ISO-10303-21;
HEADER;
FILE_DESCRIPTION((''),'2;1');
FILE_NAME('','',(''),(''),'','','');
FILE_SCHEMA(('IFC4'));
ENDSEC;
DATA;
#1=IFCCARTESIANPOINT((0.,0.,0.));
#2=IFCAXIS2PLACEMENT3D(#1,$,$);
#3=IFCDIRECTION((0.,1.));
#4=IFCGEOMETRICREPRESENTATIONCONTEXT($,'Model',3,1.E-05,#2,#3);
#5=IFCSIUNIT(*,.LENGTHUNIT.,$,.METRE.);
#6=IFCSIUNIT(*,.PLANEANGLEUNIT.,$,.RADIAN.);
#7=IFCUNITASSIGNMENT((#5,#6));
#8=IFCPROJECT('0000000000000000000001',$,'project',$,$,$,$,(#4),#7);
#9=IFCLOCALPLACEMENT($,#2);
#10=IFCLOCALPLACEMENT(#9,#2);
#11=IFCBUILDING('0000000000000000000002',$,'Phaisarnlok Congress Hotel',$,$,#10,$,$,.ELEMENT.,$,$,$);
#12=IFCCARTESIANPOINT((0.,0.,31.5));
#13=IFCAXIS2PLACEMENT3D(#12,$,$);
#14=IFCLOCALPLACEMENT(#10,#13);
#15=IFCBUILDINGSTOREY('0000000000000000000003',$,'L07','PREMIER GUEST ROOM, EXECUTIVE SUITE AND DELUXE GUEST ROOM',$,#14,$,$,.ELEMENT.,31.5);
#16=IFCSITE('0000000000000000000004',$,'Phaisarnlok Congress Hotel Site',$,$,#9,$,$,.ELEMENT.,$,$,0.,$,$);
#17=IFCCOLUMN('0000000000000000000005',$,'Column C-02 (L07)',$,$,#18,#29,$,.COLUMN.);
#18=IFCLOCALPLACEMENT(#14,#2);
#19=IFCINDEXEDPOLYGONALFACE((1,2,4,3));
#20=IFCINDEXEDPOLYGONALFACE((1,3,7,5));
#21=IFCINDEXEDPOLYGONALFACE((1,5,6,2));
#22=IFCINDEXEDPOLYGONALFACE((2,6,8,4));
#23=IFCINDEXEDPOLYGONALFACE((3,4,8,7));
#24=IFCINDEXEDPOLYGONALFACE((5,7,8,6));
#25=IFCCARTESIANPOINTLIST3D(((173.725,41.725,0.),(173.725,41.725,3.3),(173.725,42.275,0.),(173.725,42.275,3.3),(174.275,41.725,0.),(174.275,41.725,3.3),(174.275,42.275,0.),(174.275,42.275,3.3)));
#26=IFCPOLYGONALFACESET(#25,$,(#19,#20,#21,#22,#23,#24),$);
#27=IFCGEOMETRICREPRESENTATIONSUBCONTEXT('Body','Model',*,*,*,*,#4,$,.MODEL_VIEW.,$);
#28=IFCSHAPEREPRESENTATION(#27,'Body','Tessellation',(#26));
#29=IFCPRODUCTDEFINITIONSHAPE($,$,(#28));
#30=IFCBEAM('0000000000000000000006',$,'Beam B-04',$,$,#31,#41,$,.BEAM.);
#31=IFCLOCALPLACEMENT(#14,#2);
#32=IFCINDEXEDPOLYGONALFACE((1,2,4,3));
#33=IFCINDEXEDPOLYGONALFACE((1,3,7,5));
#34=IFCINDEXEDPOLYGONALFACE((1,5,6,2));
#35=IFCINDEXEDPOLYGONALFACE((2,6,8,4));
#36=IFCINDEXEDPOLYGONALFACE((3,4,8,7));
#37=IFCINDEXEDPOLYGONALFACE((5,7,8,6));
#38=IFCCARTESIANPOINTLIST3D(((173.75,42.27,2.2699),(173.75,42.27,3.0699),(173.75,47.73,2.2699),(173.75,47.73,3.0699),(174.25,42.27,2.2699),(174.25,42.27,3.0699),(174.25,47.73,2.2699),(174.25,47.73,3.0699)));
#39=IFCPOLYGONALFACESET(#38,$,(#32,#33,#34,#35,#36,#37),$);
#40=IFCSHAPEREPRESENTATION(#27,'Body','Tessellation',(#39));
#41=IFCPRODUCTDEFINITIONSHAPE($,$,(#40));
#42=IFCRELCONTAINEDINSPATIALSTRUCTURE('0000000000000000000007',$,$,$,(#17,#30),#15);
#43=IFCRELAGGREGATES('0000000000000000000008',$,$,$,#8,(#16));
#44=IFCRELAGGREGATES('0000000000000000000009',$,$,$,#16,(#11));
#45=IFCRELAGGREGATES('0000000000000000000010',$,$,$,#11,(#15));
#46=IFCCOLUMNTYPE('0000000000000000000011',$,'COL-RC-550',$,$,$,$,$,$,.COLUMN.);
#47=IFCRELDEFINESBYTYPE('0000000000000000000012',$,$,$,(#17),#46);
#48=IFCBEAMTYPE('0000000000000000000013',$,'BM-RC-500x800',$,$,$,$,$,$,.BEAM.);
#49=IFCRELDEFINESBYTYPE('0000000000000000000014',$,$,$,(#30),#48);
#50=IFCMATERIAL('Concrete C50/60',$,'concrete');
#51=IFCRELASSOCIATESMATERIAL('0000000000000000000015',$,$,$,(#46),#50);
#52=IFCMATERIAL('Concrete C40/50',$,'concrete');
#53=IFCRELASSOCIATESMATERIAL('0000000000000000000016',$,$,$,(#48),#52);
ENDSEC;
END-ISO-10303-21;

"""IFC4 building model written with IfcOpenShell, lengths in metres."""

from ifc_helpers import new_model, si_unit, direction, frame, origin, origin_2d, place, context, subcontext, project, spatial, rectangle, extrude, material, material_profile, profile_set, type_object, element, save


model = new_model("IFC4")

# Units and contexts
model_context = context("Model", 3, precision=1e-05, world=origin(), true_north=direction((0.0, 1.0)))
body_context = subcontext(model_context, "Body", "Model", "MODEL_VIEW")
ifc_project = project(units=[si_unit("LENGTHUNIT", "METRE"), si_unit("PLANEANGLEUNIT", "RADIAN")], contexts=[model_context])

# Site, building, storey
site_placement = place(None, origin())
site = spatial("IfcSite", under=ifc_project, at=site_placement, Name="Phaisarnlok Congress Hotel Site", CompositionType="ELEMENT", RefElevation=0.0)
building_placement = place(site_placement, origin())
building = spatial("IfcBuilding", under=site, at=building_placement, Name="Phaisarnlok Congress Hotel", CompositionType="ELEMENT")
storey_placement = place(building_placement, frame((0.0, 0.0, 31.5)))
storey = spatial("IfcBuildingStorey", under=building, at=storey_placement, Name="L07", Description="PREMIER GUEST ROOM, EXECUTIVE SUITE AND DELUXE GUEST ROOM", CompositionType="ELEMENT", Elevation=31.5)

# Column
ifc_material_1 = material(Name="Concrete C50/60", Category="concrete")
ifc_material_profile_1 = material_profile(ifc_material_1, rectangle(XDim=0.55, YDim=0.55, at=origin_2d()), Name="RC 550x550")
ifc_profile_set_1 = profile_set([ifc_material_profile_1], Name="Concrete C50/60")
column_type = type_object("IfcColumnType", Name="COL-RC-550", PredefinedType="COLUMN", material=ifc_profile_set_1)
column_placement = place(storey_placement, frame((174.0, 42.0, 0.0), z_axis=(0.0, 0.0, 1.0), x_axis=(1.0, 0.0, 0.0)))
element("IfcColumn", 1, at=column_placement, inside=storey, type_object=column_type, Name="Column C-02 (L07)", PredefinedType="COLUMN", context=body_context, shape_type="SweptSolid", body=[
    extrude(rectangle(XDim=0.55, YDim=0.55, at=origin_2d()), origin(), (0.0, 0.0, 1.0), 3.3),
])

# Beam
ifc_material_2 = material(Name="Concrete C40/50", Category="concrete")
ifc_material_profile_2 = material_profile(ifc_material_2, rectangle(XDim=0.5, YDim=0.8, at=origin_2d()), Name="RC 500x800")
ifc_profile_set_2 = profile_set([ifc_material_profile_2], Name="Concrete C40/50")
beam_type = type_object("IfcBeamType", Name="BM-RC-500x800", PredefinedType="BEAM", material=ifc_profile_set_2)
beam_placement = place(storey_placement, frame((174.0, 42.27, 2.6699), z_axis=(0.0, 1.0, 0.0), x_axis=(-1.0, 0.0, 0.0)))
element("IfcBeam", 2, at=beam_placement, inside=storey, type_object=beam_type, Name="Beam B-04", PredefinedType="BEAM", context=body_context, shape_type="SweptSolid", body=[
    extrude(rectangle(XDim=0.5, YDim=0.8, at=origin_2d()), origin(), (0.0, 0.0, 1.0), 5.46),
])

save(model, "model.ifc")
